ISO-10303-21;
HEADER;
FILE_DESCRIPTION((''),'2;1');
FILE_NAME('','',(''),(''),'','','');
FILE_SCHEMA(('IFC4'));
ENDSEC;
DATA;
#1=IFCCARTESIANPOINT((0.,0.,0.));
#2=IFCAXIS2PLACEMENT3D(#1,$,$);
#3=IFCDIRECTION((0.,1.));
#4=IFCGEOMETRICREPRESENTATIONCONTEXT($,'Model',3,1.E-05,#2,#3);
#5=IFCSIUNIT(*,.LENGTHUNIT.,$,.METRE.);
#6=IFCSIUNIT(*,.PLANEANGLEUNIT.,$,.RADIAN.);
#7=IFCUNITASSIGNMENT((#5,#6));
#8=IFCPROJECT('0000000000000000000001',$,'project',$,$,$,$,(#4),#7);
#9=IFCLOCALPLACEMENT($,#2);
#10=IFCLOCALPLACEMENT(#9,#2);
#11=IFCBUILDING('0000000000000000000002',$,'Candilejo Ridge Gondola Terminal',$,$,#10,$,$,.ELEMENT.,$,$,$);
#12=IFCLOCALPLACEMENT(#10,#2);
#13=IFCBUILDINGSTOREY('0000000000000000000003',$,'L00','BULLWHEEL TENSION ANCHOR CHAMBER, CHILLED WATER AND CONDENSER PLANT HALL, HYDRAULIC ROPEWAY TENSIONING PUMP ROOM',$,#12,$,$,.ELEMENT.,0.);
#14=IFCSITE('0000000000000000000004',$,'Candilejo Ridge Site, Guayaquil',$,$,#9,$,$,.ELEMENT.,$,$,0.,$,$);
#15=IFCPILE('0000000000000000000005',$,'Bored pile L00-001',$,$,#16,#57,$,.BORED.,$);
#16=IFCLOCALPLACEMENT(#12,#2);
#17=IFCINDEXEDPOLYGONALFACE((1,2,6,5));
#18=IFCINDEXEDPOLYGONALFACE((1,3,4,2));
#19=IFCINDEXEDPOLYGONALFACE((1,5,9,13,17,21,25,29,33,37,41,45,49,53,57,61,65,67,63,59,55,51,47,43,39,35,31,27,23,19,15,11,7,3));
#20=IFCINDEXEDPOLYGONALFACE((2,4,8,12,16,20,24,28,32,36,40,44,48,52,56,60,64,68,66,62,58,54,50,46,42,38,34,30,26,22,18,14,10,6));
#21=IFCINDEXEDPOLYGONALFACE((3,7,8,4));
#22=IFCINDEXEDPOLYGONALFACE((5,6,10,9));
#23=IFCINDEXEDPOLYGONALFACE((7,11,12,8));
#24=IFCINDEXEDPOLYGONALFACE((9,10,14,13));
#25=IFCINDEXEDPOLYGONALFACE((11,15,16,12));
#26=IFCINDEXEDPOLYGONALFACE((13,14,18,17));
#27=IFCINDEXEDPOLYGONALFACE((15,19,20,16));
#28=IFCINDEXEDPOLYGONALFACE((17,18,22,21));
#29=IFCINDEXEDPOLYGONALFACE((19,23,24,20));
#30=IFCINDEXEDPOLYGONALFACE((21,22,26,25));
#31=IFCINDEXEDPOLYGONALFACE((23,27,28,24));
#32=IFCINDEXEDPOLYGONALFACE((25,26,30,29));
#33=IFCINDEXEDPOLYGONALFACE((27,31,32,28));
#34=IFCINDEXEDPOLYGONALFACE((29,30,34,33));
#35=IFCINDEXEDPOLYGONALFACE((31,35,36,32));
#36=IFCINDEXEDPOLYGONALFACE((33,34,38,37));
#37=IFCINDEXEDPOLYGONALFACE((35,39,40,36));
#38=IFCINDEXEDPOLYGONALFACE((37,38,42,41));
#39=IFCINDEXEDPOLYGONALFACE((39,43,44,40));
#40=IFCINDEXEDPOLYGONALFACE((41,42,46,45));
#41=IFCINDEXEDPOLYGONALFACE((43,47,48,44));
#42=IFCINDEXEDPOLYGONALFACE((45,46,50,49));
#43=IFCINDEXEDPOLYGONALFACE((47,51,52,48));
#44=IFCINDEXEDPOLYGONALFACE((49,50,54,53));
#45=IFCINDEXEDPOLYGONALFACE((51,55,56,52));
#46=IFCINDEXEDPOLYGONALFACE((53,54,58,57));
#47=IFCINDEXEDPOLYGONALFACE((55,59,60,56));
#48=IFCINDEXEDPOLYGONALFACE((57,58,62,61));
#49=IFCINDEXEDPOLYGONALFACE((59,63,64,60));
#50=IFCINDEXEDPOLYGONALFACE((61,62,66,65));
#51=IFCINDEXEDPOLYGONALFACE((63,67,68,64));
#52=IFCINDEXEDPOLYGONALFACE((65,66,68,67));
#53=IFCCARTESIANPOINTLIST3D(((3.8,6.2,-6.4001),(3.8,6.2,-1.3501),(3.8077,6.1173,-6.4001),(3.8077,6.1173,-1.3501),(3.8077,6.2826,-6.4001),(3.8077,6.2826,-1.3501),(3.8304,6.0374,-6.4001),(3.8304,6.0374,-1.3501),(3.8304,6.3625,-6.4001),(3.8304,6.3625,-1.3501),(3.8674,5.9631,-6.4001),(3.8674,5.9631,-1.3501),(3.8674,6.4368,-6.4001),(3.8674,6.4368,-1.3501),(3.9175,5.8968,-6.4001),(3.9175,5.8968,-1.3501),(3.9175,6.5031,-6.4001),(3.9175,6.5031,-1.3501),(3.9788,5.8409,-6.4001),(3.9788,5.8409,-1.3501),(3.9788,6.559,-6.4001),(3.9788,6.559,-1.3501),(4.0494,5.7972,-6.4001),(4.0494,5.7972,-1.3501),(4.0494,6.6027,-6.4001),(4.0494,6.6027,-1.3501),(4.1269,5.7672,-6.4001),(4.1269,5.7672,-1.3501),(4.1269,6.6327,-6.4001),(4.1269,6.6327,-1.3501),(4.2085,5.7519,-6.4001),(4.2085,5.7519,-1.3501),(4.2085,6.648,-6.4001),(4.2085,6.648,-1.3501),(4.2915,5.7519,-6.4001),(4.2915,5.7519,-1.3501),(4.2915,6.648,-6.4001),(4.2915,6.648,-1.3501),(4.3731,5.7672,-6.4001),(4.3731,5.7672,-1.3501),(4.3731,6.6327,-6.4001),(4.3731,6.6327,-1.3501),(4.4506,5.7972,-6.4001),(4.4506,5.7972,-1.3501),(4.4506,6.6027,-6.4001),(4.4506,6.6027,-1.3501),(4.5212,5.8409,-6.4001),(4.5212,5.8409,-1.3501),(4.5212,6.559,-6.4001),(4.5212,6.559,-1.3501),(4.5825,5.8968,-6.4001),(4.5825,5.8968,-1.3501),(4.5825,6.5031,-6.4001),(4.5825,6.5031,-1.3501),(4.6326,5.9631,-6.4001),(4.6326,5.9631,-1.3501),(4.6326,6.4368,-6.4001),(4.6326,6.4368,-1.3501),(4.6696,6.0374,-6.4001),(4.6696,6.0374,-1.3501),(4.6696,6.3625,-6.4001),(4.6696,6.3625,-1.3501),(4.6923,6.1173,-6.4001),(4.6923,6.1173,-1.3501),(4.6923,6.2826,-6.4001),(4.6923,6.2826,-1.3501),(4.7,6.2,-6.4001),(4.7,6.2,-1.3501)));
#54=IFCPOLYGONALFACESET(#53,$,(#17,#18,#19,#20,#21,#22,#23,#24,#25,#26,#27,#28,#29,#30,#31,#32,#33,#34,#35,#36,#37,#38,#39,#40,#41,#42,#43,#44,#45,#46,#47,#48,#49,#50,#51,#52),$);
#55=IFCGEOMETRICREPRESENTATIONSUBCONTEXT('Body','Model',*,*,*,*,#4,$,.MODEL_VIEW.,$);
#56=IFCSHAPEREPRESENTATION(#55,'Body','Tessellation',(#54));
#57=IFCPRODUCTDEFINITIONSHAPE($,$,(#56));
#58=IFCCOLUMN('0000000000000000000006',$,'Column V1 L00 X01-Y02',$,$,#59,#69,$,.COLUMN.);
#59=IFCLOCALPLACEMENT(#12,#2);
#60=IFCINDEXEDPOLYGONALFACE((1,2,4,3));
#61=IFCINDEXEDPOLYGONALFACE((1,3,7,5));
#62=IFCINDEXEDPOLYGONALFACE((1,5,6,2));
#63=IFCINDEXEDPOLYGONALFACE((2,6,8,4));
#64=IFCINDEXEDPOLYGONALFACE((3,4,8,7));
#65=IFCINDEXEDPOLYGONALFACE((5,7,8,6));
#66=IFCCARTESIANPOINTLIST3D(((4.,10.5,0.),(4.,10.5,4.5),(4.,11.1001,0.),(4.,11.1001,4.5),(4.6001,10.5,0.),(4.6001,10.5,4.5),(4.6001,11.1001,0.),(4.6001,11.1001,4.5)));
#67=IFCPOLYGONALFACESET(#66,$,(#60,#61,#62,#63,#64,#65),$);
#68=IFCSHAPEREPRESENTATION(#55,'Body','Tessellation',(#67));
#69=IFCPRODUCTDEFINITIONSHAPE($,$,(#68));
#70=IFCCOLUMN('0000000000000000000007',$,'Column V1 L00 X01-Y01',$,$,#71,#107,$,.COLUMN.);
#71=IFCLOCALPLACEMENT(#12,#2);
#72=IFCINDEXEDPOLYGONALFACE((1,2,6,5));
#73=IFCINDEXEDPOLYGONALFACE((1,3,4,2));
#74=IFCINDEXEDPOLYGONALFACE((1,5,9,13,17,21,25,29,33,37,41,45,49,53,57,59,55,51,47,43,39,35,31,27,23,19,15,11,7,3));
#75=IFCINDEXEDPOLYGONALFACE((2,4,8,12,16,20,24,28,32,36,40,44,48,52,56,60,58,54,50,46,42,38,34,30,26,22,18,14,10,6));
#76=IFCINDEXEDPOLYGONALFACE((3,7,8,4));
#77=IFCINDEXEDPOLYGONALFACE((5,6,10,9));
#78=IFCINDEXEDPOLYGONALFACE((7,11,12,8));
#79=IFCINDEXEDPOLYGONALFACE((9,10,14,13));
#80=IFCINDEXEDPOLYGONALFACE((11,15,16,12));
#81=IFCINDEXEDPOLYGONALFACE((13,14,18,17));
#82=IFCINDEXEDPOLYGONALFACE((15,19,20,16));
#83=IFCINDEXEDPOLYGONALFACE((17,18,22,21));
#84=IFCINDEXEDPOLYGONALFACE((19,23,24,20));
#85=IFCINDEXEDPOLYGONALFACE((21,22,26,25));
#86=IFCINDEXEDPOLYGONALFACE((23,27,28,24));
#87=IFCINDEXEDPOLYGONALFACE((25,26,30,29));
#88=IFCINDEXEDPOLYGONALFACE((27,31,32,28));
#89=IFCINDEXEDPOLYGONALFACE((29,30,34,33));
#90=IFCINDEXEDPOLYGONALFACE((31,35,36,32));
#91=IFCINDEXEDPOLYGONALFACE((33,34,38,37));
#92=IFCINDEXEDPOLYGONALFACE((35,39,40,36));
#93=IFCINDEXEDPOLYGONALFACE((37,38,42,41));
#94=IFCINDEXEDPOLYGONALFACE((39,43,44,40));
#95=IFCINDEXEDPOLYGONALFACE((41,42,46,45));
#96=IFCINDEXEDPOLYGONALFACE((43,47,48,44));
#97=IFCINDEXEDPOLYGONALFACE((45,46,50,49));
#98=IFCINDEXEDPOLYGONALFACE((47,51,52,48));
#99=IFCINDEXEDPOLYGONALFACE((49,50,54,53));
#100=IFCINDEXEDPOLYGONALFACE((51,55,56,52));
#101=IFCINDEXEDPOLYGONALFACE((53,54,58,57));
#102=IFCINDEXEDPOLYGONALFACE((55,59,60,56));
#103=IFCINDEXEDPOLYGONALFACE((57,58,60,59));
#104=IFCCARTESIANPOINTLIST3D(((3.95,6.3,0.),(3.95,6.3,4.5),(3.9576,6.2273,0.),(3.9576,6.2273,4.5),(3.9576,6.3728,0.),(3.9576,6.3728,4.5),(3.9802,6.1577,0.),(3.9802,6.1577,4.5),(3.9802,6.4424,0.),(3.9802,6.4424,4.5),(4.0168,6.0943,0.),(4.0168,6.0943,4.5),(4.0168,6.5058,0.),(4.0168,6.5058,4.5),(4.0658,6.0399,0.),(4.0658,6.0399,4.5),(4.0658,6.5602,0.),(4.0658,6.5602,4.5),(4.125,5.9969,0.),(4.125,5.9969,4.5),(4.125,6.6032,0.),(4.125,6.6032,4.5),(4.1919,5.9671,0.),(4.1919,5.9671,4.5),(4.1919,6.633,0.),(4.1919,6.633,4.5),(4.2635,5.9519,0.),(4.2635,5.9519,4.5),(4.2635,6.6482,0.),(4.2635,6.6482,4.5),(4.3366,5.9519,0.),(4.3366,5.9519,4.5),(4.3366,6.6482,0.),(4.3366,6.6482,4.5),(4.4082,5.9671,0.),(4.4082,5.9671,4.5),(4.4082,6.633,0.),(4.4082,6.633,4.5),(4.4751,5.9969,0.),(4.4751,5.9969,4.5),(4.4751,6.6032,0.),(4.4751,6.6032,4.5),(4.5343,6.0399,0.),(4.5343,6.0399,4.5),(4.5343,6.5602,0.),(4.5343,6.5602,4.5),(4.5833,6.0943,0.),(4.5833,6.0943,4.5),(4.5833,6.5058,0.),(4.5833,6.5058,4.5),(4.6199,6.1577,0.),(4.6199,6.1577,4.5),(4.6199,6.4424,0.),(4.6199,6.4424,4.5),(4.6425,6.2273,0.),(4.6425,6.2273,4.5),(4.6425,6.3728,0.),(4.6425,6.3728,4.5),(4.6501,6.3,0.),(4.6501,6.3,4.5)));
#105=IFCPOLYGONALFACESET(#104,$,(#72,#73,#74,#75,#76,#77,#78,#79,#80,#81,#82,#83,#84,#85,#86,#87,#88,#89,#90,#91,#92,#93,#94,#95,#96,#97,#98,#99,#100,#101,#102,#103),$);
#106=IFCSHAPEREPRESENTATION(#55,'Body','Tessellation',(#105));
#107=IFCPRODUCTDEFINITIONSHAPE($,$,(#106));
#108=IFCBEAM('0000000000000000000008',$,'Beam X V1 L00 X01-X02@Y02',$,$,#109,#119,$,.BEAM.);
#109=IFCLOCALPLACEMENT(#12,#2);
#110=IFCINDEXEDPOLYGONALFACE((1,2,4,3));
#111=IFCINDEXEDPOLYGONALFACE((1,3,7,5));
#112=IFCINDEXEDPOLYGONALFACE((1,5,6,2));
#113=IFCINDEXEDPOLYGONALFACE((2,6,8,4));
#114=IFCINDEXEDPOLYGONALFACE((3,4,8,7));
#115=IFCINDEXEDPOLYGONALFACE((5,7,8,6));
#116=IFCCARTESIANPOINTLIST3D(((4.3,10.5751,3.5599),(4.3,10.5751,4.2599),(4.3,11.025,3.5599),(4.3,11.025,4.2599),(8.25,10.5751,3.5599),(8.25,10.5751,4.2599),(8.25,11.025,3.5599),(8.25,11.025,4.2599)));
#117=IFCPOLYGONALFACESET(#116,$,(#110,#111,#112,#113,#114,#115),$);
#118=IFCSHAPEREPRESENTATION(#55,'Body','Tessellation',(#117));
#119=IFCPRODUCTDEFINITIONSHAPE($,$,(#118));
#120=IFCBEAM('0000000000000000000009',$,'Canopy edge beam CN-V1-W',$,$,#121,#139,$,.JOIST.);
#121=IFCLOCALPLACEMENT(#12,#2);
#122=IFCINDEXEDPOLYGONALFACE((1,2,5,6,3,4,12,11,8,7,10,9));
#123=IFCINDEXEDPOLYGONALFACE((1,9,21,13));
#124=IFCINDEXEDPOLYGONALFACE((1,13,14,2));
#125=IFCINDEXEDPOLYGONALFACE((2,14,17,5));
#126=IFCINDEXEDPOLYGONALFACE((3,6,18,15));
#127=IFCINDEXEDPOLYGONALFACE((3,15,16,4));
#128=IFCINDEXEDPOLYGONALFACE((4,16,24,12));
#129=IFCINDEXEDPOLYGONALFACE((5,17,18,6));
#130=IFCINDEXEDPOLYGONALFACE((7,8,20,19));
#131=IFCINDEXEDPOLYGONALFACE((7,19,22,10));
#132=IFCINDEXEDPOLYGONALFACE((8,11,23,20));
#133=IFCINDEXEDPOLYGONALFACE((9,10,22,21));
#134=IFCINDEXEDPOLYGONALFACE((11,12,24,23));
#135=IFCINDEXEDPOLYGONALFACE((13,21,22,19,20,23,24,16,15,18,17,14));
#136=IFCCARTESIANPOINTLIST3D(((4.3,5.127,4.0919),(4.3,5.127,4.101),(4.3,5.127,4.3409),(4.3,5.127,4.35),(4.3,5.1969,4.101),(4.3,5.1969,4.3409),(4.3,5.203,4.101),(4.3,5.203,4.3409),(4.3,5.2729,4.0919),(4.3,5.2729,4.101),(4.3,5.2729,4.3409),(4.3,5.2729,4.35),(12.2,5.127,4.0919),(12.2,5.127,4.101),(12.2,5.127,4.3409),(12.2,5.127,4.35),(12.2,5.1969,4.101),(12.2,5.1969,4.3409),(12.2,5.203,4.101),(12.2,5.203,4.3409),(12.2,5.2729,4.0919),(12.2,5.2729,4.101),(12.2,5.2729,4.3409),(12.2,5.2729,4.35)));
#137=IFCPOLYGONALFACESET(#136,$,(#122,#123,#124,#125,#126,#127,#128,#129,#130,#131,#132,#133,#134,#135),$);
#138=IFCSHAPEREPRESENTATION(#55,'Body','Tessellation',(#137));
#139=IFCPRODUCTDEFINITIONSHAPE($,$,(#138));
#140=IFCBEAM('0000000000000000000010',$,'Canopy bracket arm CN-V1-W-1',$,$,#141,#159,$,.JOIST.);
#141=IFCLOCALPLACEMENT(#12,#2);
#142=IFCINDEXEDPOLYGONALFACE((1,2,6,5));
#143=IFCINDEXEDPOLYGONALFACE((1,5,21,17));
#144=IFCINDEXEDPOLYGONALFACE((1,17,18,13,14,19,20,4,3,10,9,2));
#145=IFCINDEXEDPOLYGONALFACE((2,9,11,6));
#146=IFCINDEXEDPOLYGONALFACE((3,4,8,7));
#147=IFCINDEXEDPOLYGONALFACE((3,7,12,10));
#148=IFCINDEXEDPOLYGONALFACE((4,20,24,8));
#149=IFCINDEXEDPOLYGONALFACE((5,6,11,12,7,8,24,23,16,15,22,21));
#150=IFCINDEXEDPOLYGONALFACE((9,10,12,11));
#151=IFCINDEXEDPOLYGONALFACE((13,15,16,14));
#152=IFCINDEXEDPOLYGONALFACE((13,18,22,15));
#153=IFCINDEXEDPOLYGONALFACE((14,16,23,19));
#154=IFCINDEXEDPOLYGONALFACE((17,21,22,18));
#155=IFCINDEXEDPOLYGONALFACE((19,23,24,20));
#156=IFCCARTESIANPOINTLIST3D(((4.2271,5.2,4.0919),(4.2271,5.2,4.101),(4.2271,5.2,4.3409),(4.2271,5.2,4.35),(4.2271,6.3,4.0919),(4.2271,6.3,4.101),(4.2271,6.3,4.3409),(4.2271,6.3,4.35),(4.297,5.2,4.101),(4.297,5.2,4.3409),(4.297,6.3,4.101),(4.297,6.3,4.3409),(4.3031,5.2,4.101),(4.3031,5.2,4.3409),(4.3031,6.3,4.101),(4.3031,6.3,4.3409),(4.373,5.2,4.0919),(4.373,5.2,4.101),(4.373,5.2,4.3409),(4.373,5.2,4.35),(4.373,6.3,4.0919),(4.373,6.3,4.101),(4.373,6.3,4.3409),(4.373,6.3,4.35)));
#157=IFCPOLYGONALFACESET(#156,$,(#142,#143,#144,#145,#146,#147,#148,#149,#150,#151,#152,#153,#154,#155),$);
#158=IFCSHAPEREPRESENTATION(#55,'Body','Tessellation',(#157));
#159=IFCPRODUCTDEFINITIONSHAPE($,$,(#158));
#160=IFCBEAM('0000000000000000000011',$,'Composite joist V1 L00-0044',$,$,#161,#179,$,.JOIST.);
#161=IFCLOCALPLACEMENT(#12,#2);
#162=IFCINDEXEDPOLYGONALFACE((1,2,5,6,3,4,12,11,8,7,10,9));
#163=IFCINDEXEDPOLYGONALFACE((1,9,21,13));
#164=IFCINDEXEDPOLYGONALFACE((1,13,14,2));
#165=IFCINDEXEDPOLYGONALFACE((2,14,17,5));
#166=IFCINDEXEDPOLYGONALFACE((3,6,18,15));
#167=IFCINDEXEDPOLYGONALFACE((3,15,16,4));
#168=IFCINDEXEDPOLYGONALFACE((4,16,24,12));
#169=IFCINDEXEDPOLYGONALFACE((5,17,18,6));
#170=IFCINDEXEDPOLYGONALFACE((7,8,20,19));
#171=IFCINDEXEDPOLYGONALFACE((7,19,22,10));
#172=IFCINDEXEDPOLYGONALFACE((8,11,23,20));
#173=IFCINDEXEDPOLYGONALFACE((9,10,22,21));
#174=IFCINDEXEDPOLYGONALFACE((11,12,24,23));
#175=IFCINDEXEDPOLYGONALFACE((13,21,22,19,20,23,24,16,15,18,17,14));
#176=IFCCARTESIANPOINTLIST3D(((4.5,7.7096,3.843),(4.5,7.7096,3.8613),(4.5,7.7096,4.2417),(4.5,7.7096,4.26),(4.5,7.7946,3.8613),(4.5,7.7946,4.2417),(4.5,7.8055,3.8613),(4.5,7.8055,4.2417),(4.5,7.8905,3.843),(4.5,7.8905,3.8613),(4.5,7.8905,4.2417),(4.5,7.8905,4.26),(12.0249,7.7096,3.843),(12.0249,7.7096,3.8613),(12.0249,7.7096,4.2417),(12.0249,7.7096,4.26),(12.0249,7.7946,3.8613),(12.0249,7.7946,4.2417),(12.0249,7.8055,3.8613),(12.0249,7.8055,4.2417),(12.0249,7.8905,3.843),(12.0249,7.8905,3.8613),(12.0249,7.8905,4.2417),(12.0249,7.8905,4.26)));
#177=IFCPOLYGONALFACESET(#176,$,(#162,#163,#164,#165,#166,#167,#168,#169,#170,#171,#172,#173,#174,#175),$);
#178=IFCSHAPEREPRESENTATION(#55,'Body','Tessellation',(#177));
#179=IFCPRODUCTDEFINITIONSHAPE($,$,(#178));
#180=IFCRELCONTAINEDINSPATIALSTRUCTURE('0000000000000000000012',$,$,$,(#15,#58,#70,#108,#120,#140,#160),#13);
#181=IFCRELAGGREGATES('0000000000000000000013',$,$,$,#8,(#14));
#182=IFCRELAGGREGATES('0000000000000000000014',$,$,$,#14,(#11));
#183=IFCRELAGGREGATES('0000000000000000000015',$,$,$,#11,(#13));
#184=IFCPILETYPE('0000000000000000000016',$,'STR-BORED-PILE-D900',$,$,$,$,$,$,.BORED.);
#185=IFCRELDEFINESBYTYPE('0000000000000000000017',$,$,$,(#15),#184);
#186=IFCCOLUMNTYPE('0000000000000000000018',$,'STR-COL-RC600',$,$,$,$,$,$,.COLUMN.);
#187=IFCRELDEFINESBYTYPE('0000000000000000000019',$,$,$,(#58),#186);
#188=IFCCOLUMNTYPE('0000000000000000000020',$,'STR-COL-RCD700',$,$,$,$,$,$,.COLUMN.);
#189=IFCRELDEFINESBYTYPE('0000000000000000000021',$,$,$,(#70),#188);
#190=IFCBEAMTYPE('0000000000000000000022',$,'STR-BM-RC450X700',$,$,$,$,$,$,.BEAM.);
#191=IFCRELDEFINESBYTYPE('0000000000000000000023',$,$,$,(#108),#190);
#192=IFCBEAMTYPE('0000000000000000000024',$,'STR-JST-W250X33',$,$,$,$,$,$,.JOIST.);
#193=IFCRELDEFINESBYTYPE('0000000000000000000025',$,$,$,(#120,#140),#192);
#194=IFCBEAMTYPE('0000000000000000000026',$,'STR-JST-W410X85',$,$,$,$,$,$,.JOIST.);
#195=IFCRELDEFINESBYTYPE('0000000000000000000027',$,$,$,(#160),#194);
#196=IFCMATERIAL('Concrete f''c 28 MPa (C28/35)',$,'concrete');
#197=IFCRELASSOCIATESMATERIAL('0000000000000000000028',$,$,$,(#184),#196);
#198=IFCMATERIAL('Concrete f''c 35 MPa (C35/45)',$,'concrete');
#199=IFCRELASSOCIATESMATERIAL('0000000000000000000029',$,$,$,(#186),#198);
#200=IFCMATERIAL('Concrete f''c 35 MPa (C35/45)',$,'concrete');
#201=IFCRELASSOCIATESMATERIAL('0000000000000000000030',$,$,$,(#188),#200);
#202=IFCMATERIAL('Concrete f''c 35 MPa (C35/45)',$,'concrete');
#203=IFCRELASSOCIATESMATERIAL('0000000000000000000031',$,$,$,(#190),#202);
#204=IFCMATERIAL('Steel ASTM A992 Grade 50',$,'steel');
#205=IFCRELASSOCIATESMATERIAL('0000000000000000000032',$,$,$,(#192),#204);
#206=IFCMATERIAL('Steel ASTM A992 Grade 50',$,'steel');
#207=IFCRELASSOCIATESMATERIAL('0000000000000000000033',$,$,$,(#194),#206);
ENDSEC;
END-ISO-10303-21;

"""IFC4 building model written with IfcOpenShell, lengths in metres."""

from ifc_helpers import new_model, si_unit, direction, frame, origin, origin_2d, place, context, subcontext, project, spatial, rectangle, circle, i_section, extrude, material, material_profile, profile_set, type_object, element, save


model = new_model("IFC4")

# Units and contexts
model_context = context("Model", 3, precision=1e-05, world=origin(), true_north=direction((0.0, 1.0)))
body_context = subcontext(model_context, "Body", "Model", "MODEL_VIEW")
ifc_project = project(units=[si_unit("LENGTHUNIT", "METRE"), si_unit("PLANEANGLEUNIT", "RADIAN")], contexts=[model_context])

# Site, building, storey
site_placement = place(None, origin())
site = spatial("IfcSite", under=ifc_project, at=site_placement, Name="Candilejo Ridge Site, Guayaquil", CompositionType="ELEMENT", RefElevation=0.0)
building_placement = place(site_placement, origin())
building = spatial("IfcBuilding", under=site, at=building_placement, Name="Candilejo Ridge Gondola Terminal", CompositionType="ELEMENT")
storey_placement = place(building_placement, origin())
storey = spatial("IfcBuildingStorey", under=building, at=storey_placement, Name="L00", Description="BULLWHEEL TENSION ANCHOR CHAMBER, CHILLED WATER AND CONDENSER PLANT HALL, HYDRAULIC ROPEWAY TENSIONING PUMP ROOM", CompositionType="ELEMENT", Elevation=0.0)

# Pile
ifc_material_1 = material(Name="Concrete f'c 28 MPa (C28/35)", Category="concrete")
ifc_material_profile_1 = material_profile(ifc_material_1, circle(Radius=0.45, at=origin_2d()))
ifc_profile_set_1 = profile_set([ifc_material_profile_1], Name="Concrete f'c 28 MPa (C28/35)")
pile_type = type_object("IfcPileType", Name="STR-BORED-PILE-D900", PredefinedType="BORED", material=ifc_profile_set_1)
pile_placement = place(storey_placement, frame((4.25, 6.2, -1.3501), z_axis=(0.0, 0.0, -1.0), x_axis=(1.0, 0.0, 0.0)))
element("IfcPile", 1, at=pile_placement, inside=storey, type_object=pile_type, Name="Bored pile L00-001", PredefinedType="BORED", context=body_context, shape_type="SweptSolid", body=[
    extrude(circle(Radius=0.45, at=origin_2d()), origin(), (0.0, 0.0, 1.0), 5.05),
])

# Columns
ifc_material_2 = material(Name="Concrete f'c 35 MPa (C35/45)", Category="concrete")
ifc_material_profile_2 = material_profile(ifc_material_2, rectangle(XDim=0.6001, YDim=0.6001, at=origin_2d()))
ifc_profile_set_2 = profile_set([ifc_material_profile_2], Name="Concrete f'c 35 MPa (C35/45)")
column_type_1 = type_object("IfcColumnType", Name="STR-COL-RC600", PredefinedType="COLUMN", material=ifc_profile_set_2)
column_1_placement = place(storey_placement, frame((4.3, 10.8, 0.0), z_axis=(0.0, 0.0, 1.0), x_axis=(1.0, 0.0, 0.0)))
element("IfcColumn", 2, at=column_1_placement, inside=storey, type_object=column_type_1, Name="Column V1 L00 X01-Y02", PredefinedType="COLUMN", context=body_context, shape_type="SweptSolid", body=[
    extrude(rectangle(XDim=0.6001, YDim=0.6001, at=origin_2d()), origin(), (0.0, 0.0, 1.0), 4.5),
])
ifc_material_3 = material(Name="Concrete f'c 35 MPa (C35/45)", Category="concrete")
ifc_material_profile_3 = material_profile(ifc_material_3, circle(Radius=0.3501, at=origin_2d()))
ifc_profile_set_3 = profile_set([ifc_material_profile_3], Name="Concrete f'c 35 MPa (C35/45)")
column_type_2 = type_object("IfcColumnType", Name="STR-COL-RCD700", PredefinedType="COLUMN", material=ifc_profile_set_3)
column_2_placement = place(storey_placement, frame((4.3, 6.3, 0.0), z_axis=(0.0, 0.0, 1.0), x_axis=(1.0, 0.0, 0.0)))
element("IfcColumn", 3, at=column_2_placement, inside=storey, type_object=column_type_2, Name="Column V1 L00 X01-Y01", PredefinedType="COLUMN", context=body_context, shape_type="SweptSolid", body=[
    extrude(circle(Radius=0.3501, at=origin_2d()), origin(), (0.0, 0.0, 1.0), 4.5),
])

# Beams
ifc_material_4 = material(Name="Concrete f'c 35 MPa (C35/45)", Category="concrete")
ifc_material_profile_4 = material_profile(ifc_material_4, rectangle(XDim=0.45, YDim=0.7, at=origin_2d()))
ifc_profile_set_4 = profile_set([ifc_material_profile_4], Name="Concrete f'c 35 MPa (C35/45)")
beam_type_1 = type_object("IfcBeamType", Name="STR-BM-RC450X700", PredefinedType="BEAM", material=ifc_profile_set_4)
beam_1_placement = place(storey_placement, frame((4.3, 10.8, 3.9099), z_axis=(1.0, 0.0, 0.0), x_axis=(0.0, 1.0, 0.0)))
element("IfcBeam", 4, at=beam_1_placement, inside=storey, type_object=beam_type_1, Name="Beam X V1 L00 X01-X02@Y02", PredefinedType="BEAM", context=body_context, shape_type="SweptSolid", body=[
    extrude(rectangle(XDim=0.45, YDim=0.7, at=origin_2d()), origin(), (0.0, 0.0, 1.0), 3.95),
])
ifc_material_5 = material(Name="Steel ASTM A992 Grade 50", Category="steel")
ifc_material_profile_5 = material_profile(ifc_material_5, i_section(OverallWidth=0.146, OverallDepth=0.2581, WebThickness=0.0061, FlangeThickness=0.009, at=origin_2d()))
ifc_profile_set_5 = profile_set([ifc_material_profile_5], Name="Steel ASTM A992 Grade 50")
beam_type_2 = type_object("IfcBeamType", Name="STR-JST-W250X33", PredefinedType="JOIST", material=ifc_profile_set_5)
beam_2_placement = place(storey_placement, frame((4.3, 5.2, 4.2209), z_axis=(1.0, 0.0, 0.0), x_axis=(0.0, 1.0, 0.0)))
element("IfcBeam", 5, at=beam_2_placement, inside=storey, type_object=beam_type_2, Name="Canopy edge beam CN-V1-W", PredefinedType="JOIST", context=body_context, shape_type="SweptSolid", body=[
    extrude(i_section(OverallWidth=0.146, OverallDepth=0.2581, WebThickness=0.0061, FlangeThickness=0.009, at=origin_2d()), origin(), (0.0, 0.0, 1.0), 7.8999),
])
beam_3_placement = place(storey_placement, frame((4.3, 5.2, 4.2209), z_axis=(0.0, 1.0, 0.0), x_axis=(-1.0, 0.0, 0.0)))
element("IfcBeam", 6, at=beam_3_placement, inside=storey, type_object=beam_type_2, Name="Canopy bracket arm CN-V1-W-1", PredefinedType="JOIST", context=body_context, shape_type="SweptSolid", body=[
    extrude(i_section(OverallWidth=0.146, OverallDepth=0.2581, WebThickness=0.0061, FlangeThickness=0.009, at=origin_2d()), origin(), (0.0, 0.0, 1.0), 1.1001),
])
ifc_material_6 = material(Name="Steel ASTM A992 Grade 50", Category="steel")
ifc_material_profile_6 = material_profile(ifc_material_6, i_section(OverallWidth=0.1809, OverallDepth=0.417, WebThickness=0.011, FlangeThickness=0.0183, at=origin_2d()))
ifc_profile_set_6 = profile_set([ifc_material_profile_6], Name="Steel ASTM A992 Grade 50")
beam_type_3 = type_object("IfcBeamType", Name="STR-JST-W410X85", PredefinedType="JOIST", material=ifc_profile_set_6)
for number, where, z_axis, x_axis, name in (
    (7, (4.5, 7.8, 4.0515), (1.0, 0.0, 0.0), (0.0, 1.0, 0.0), "Composite joist V1 L00-0044"),
):
    element("IfcBeam", number, at=place(storey_placement, frame(where, z_axis=z_axis, x_axis=x_axis)), inside=storey, type_object=beam_type_3, Name=name, PredefinedType="JOIST", context=body_context, shape_type="SweptSolid", body=[
        extrude(i_section(OverallWidth=0.1809, OverallDepth=0.417, WebThickness=0.011, FlangeThickness=0.0183, at=origin_2d()), origin(), (0.0, 0.0, 1.0), 7.5249),
    ])

save(model, "model.ifc")
